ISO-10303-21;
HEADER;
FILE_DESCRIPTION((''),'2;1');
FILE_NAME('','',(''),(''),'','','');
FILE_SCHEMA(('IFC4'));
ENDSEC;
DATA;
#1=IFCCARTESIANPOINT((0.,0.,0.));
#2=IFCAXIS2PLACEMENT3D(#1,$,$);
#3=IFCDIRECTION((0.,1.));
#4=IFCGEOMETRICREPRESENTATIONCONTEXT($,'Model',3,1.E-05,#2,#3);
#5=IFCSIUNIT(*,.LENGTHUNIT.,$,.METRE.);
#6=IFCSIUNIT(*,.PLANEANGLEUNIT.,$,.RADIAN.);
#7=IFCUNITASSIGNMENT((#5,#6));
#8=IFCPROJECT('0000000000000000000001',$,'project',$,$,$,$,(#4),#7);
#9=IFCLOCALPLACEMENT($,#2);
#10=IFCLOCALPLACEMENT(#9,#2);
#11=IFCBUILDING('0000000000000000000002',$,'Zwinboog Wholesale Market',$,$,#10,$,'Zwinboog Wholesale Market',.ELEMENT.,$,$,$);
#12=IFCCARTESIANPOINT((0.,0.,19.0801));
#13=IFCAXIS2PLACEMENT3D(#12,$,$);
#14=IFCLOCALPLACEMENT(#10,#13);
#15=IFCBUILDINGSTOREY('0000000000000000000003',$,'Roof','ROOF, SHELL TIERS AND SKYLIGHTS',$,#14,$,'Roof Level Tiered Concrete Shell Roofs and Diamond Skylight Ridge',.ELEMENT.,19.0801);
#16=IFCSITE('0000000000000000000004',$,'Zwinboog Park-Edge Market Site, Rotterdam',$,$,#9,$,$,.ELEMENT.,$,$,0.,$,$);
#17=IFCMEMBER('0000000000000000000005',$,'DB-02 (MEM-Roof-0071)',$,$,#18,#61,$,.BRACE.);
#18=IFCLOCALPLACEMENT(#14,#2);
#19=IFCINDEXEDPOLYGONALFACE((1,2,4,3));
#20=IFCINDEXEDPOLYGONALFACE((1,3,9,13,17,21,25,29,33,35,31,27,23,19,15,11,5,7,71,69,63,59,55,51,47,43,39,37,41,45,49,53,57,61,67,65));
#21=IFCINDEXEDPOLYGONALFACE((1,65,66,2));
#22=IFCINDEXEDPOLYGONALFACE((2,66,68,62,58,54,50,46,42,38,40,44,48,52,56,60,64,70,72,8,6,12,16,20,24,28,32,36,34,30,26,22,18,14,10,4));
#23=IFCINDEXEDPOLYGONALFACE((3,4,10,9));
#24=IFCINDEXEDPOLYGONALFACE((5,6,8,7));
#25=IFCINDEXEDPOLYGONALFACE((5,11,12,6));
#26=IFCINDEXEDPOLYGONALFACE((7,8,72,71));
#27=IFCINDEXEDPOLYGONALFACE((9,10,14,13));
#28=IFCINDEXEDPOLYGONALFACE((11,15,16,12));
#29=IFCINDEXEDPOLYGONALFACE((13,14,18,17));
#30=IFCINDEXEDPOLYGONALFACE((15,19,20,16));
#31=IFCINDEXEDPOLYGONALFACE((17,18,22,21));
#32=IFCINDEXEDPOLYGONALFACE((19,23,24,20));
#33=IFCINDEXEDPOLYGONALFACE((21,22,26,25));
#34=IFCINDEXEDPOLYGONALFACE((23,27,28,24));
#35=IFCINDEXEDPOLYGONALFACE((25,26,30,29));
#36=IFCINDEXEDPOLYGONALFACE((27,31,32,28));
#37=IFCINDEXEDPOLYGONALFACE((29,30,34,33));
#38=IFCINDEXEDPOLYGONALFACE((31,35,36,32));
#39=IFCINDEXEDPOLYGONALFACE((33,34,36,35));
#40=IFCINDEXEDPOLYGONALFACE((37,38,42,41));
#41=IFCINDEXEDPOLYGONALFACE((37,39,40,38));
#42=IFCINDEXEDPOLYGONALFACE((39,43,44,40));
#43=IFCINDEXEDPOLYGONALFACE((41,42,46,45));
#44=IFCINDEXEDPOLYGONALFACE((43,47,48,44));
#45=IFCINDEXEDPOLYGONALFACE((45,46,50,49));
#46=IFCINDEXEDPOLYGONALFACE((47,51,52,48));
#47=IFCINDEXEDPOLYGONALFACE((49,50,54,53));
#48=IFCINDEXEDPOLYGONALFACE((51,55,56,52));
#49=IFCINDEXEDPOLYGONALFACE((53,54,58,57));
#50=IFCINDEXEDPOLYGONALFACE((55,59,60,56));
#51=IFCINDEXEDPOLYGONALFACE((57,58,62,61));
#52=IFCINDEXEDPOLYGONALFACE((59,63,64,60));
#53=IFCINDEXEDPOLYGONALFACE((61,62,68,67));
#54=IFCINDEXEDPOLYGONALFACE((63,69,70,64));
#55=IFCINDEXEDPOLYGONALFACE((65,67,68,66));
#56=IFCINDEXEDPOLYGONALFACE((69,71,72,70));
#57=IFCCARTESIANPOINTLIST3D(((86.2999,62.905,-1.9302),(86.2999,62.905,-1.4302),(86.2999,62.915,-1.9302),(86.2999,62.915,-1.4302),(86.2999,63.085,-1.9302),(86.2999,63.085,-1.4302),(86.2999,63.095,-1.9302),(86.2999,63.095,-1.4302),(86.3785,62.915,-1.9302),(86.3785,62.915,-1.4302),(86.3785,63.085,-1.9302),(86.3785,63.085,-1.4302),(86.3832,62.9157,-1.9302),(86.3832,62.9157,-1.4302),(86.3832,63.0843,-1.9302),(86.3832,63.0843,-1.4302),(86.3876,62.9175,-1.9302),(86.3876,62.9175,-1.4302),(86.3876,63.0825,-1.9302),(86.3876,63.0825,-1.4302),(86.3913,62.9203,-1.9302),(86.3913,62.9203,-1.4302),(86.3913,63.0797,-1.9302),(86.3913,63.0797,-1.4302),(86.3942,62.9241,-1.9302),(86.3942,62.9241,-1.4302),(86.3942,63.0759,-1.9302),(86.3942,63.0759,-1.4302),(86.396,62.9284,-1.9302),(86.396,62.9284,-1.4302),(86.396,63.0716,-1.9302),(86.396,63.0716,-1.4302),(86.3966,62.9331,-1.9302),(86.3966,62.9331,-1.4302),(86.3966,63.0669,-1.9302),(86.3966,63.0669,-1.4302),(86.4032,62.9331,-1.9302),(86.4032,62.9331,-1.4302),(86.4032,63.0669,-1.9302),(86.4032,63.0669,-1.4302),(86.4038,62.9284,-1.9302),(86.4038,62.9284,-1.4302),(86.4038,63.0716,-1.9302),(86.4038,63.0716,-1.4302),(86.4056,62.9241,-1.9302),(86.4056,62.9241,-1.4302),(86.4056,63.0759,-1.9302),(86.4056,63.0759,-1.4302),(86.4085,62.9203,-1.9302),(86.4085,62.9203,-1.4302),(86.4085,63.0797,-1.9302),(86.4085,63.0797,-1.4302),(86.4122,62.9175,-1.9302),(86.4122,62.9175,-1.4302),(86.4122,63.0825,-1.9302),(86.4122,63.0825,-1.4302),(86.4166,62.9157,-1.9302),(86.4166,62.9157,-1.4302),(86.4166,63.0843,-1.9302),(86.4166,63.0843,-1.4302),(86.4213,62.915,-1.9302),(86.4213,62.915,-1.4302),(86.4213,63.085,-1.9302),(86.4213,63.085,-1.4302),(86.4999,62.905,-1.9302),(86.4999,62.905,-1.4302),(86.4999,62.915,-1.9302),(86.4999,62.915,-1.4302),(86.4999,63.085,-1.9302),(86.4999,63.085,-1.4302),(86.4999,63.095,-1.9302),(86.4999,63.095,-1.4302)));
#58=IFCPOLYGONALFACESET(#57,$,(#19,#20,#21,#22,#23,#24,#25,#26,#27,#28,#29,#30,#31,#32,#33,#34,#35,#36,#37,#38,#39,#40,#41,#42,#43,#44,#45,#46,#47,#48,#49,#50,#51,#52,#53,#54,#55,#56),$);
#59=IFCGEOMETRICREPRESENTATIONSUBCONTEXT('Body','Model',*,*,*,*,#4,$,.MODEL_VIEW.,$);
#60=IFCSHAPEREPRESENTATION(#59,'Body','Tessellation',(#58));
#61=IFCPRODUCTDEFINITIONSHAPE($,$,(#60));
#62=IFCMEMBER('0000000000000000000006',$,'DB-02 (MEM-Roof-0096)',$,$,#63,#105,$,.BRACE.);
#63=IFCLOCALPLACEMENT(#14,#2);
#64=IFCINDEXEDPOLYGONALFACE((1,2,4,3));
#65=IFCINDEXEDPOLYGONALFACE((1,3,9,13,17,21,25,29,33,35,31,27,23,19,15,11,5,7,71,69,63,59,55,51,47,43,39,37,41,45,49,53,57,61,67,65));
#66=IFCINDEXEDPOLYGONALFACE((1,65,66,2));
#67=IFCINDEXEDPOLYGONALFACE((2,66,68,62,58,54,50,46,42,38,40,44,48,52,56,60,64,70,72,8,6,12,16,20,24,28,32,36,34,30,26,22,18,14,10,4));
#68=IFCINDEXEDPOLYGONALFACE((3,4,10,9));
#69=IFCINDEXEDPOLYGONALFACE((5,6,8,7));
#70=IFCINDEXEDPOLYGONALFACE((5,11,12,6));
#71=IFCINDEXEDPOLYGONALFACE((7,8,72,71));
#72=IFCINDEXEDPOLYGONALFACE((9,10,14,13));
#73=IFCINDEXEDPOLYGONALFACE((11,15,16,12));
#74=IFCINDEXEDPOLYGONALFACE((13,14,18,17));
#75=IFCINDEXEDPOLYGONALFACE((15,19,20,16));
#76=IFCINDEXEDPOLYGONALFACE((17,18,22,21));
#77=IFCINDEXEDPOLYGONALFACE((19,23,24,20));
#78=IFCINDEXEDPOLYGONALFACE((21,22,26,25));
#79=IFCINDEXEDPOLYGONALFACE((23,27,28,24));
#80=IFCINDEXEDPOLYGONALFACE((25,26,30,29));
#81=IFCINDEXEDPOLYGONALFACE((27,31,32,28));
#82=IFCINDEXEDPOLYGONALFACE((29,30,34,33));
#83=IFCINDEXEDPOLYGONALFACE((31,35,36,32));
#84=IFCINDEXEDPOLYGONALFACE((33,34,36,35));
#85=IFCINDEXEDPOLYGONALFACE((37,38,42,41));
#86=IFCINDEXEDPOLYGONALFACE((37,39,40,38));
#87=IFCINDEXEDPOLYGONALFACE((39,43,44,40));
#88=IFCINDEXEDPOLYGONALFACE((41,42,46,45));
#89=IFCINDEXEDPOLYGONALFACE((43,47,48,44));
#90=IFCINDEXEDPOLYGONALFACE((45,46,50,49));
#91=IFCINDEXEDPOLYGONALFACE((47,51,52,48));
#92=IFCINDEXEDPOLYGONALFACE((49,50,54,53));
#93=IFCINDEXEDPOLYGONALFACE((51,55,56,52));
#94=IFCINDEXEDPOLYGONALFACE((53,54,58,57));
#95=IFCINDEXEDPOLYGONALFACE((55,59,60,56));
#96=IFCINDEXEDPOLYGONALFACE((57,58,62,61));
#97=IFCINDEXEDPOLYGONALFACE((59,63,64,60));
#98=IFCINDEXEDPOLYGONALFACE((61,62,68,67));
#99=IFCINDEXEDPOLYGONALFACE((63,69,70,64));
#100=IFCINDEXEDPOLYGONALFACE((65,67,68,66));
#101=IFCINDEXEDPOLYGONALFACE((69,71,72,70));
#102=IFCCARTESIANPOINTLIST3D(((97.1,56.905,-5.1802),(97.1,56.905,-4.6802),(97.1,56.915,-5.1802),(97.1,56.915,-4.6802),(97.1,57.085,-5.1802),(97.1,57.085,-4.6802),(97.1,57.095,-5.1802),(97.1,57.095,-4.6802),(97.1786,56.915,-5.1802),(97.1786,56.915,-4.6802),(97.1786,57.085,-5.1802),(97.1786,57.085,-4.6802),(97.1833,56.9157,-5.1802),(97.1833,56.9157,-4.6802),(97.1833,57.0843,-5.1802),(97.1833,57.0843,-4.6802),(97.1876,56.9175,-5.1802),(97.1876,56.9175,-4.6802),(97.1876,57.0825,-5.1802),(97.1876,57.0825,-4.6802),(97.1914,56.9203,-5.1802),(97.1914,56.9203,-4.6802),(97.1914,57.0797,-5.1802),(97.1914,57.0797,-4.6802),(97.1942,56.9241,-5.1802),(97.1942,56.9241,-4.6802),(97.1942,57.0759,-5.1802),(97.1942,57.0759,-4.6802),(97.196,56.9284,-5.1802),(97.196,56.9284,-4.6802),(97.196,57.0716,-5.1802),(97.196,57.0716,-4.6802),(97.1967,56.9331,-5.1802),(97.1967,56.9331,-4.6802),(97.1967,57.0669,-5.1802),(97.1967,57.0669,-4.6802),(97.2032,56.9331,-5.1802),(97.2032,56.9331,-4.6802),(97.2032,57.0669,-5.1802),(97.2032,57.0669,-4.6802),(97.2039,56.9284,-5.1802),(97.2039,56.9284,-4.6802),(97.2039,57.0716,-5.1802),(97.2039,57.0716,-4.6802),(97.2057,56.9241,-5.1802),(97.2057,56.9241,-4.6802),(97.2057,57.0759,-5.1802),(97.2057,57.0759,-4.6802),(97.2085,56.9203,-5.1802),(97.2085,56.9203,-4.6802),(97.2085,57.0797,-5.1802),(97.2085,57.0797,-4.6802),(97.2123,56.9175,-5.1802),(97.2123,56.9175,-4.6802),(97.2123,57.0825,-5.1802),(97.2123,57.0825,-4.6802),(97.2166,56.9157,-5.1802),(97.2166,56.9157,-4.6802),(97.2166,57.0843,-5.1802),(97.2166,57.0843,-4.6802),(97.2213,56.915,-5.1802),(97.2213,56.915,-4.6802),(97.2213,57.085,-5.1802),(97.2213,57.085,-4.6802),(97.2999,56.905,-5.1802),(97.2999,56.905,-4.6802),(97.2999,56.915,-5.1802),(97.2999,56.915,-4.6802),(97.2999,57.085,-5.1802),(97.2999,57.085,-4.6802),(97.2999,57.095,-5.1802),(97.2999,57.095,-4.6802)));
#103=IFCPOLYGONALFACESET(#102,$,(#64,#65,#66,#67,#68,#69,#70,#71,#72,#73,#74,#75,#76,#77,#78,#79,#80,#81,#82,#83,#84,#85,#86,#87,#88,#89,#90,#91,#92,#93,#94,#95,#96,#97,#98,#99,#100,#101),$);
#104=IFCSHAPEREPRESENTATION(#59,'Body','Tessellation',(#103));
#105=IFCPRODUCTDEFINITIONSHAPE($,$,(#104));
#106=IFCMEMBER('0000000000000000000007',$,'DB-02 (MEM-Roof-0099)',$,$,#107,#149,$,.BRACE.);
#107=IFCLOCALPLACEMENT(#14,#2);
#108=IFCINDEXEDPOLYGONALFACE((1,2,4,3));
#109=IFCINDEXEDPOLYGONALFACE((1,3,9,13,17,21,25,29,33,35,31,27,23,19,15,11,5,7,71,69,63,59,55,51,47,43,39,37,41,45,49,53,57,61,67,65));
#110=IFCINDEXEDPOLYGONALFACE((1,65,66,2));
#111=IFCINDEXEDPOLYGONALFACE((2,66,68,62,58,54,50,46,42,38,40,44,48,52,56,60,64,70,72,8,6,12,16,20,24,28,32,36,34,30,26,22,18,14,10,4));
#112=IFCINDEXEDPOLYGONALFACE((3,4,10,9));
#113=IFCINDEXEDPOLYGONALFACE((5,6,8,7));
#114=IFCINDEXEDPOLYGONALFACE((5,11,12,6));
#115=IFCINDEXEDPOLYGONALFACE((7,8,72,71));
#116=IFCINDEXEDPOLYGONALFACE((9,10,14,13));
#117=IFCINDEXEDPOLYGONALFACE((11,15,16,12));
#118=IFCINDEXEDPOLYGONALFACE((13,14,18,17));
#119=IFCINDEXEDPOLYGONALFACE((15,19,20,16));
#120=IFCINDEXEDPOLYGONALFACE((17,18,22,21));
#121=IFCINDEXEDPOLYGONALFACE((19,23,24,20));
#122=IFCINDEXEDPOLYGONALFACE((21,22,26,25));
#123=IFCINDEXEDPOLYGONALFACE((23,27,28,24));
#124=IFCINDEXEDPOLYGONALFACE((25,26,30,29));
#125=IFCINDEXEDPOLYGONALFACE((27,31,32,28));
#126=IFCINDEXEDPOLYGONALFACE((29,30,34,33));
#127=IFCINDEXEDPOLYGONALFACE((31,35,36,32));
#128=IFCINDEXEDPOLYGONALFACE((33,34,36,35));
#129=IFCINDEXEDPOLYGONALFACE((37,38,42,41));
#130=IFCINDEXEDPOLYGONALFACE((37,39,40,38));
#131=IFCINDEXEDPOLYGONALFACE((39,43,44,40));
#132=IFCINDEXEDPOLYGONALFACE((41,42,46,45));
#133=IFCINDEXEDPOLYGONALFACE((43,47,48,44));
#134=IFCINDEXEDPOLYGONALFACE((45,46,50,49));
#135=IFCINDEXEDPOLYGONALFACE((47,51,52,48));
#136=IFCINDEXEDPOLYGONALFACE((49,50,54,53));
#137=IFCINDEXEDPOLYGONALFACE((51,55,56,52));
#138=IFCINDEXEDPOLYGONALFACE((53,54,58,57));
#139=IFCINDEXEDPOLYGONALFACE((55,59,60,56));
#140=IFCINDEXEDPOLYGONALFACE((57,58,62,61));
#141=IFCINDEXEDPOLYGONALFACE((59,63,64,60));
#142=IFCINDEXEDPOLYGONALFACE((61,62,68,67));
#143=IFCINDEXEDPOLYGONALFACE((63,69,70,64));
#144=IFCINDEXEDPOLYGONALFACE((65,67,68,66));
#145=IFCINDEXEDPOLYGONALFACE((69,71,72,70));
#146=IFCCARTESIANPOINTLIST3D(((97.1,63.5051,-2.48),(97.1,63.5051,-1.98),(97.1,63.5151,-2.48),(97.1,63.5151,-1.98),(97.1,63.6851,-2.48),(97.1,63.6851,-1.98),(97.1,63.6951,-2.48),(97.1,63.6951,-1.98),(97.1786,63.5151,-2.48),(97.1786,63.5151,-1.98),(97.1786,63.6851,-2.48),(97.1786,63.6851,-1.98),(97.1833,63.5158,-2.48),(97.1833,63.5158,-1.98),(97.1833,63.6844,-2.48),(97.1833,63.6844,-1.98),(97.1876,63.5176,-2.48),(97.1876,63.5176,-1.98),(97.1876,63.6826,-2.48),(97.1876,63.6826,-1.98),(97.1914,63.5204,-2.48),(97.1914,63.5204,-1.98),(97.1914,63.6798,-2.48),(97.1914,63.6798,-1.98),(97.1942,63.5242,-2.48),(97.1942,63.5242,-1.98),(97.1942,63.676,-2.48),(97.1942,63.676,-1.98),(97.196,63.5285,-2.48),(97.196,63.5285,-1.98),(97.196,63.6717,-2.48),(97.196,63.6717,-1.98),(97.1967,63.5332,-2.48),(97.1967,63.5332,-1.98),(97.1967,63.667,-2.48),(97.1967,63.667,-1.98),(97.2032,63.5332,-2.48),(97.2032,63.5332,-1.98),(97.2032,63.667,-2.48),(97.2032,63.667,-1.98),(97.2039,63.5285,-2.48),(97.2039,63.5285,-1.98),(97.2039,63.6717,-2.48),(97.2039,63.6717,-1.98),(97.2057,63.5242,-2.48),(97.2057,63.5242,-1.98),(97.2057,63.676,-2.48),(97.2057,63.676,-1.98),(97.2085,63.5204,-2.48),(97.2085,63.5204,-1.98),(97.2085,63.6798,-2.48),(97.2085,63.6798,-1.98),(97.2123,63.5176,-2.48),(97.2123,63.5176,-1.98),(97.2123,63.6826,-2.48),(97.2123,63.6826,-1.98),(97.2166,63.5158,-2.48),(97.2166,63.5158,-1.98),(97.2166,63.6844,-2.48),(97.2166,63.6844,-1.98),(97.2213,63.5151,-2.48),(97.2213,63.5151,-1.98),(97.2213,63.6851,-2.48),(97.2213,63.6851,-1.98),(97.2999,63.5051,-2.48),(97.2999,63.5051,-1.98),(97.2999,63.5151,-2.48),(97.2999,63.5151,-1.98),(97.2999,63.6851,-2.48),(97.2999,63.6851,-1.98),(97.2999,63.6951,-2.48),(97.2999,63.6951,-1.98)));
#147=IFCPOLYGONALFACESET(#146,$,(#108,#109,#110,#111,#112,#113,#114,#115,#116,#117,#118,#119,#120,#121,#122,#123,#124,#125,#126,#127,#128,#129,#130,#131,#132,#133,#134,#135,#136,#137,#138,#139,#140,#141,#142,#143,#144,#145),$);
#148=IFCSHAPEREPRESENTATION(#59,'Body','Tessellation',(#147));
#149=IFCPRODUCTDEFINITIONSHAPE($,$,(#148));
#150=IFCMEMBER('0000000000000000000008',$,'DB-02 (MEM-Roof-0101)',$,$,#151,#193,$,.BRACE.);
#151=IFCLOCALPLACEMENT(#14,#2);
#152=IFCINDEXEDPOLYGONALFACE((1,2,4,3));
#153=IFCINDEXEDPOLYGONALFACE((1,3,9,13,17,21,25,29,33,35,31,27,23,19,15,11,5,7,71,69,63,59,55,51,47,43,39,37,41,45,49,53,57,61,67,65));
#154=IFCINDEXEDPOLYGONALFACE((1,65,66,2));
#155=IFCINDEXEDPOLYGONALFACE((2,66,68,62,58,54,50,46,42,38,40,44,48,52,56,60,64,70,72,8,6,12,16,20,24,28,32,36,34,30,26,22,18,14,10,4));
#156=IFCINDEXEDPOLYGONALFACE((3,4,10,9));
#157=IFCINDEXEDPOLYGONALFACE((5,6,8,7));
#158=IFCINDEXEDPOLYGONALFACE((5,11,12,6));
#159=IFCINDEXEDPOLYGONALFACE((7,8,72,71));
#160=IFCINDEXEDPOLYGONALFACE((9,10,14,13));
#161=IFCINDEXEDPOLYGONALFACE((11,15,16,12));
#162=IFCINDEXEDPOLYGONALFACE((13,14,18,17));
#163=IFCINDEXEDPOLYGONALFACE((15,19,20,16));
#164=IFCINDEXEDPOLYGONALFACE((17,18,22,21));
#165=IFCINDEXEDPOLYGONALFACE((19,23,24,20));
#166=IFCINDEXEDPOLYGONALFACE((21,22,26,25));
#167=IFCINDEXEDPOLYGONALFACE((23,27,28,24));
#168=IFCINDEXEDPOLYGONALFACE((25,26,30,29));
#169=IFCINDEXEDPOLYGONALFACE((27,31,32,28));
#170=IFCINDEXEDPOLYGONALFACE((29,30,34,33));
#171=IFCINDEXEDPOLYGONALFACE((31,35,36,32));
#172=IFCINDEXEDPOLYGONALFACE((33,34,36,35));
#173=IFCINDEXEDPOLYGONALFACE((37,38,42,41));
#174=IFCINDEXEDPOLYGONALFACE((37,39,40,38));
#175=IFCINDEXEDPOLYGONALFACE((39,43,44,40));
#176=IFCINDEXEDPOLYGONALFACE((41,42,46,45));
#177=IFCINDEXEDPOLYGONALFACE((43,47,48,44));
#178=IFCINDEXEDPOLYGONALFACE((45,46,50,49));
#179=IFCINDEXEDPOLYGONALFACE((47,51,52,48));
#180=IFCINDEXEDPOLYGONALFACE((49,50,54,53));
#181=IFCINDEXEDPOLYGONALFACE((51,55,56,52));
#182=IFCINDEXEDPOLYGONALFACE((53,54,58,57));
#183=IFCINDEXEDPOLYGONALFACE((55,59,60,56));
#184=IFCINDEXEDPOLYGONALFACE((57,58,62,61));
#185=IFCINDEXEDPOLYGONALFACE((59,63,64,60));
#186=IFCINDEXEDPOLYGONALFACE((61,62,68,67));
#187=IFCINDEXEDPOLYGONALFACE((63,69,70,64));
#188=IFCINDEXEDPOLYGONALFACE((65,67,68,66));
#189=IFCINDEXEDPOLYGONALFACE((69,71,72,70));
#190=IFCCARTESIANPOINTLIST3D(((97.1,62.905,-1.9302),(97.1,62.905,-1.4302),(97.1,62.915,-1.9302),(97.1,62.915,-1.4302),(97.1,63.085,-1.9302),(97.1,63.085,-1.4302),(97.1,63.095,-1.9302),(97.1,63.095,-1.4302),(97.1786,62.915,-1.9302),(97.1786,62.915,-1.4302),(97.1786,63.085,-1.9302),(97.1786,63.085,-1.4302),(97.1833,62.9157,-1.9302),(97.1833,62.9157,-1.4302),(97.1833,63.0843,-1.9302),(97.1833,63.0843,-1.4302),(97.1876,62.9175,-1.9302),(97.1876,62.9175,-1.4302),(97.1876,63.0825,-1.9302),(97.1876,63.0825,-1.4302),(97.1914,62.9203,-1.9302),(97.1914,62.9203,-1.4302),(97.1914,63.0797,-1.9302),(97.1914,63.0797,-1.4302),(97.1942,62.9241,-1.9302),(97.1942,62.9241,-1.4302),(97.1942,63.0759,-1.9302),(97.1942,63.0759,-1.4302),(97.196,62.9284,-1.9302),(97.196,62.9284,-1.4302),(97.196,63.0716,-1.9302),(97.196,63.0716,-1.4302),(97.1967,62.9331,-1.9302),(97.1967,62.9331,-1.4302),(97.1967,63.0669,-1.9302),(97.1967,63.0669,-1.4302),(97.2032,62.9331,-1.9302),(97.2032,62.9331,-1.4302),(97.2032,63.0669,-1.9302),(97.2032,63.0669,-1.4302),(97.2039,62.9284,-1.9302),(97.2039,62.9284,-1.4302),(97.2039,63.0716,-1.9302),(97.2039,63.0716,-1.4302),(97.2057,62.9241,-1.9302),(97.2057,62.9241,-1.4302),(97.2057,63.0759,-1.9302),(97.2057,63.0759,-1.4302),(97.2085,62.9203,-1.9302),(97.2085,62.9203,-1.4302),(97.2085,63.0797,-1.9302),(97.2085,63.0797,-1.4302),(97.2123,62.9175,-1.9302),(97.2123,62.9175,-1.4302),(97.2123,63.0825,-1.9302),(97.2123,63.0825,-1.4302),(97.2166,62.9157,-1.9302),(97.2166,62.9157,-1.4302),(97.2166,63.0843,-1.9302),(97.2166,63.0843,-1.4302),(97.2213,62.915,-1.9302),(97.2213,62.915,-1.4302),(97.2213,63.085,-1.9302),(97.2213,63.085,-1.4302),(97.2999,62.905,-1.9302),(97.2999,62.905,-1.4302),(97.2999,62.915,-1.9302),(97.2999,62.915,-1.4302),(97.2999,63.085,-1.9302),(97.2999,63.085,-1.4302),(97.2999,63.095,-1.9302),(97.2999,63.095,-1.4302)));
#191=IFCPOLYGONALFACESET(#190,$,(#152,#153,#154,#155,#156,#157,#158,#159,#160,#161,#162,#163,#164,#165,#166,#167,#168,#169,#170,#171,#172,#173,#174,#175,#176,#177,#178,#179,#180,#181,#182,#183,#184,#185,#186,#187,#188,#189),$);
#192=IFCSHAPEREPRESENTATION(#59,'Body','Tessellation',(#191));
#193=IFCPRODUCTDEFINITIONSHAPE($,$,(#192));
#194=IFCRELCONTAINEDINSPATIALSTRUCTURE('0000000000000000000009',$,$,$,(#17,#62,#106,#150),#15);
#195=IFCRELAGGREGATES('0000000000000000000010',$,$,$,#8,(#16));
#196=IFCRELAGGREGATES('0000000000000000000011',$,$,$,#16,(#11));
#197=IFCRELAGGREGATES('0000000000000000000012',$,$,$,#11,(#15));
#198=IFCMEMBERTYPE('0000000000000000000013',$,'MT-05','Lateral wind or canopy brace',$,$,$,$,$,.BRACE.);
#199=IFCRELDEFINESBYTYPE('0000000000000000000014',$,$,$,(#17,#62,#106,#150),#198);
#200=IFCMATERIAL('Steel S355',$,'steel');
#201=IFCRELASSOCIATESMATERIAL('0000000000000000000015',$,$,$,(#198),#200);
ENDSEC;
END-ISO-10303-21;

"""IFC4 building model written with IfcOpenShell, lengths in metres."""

from ifc_helpers import new_model, si_unit, direction, frame, origin, origin_2d, place, context, subcontext, project, spatial, i_section, extrude, material, material_profile, profile_set, type_object, element, save


model = new_model("IFC4")

# Units and contexts
model_context = context("Model", 3, precision=1e-05, world=origin(), true_north=direction((0.0, 1.0)))
body_context = subcontext(model_context, "Body", "Model", "MODEL_VIEW")
ifc_project = project(units=[si_unit("LENGTHUNIT", "METRE"), si_unit("PLANEANGLEUNIT", "RADIAN")], contexts=[model_context])

# Site, building, storey
site_placement = place(None, origin())
site = spatial("IfcSite", under=ifc_project, at=site_placement, Name="Zwinboog Park-Edge Market Site, Rotterdam", CompositionType="ELEMENT", RefElevation=0.0)
building_placement = place(site_placement, origin())
building = spatial("IfcBuilding", under=site, at=building_placement, Name="Zwinboog Wholesale Market", LongName="Zwinboog Wholesale Market", CompositionType="ELEMENT")
storey_placement = place(building_placement, frame((0.0, 0.0, 19.0801)))
storey = spatial("IfcBuildingStorey", under=building, at=storey_placement, Name="Roof", Description="ROOF, SHELL TIERS AND SKYLIGHTS", LongName="Roof Level Tiered Concrete Shell Roofs and Diamond Skylight Ridge", CompositionType="ELEMENT", Elevation=19.0801)

# Members
ifc_material_1 = material(Name="Steel S355", Category="steel")
ifc_material_profile_1 = material_profile(ifc_material_1, i_section(OverallWidth=0.2, OverallDepth=0.1899, WebThickness=0.0066, FlangeThickness=0.01, FilletRadius=0.0181, at=origin_2d()), Name="HEA 200")
ifc_profile_set_1 = profile_set([ifc_material_profile_1], Name="Steel S355")
member_type_1 = type_object("IfcMemberType", Name="MT-05", Description="Lateral wind or canopy brace", PredefinedType="BRACE", material=ifc_profile_set_1)
for number, where, z_axis, x_axis, name in (
    (1, (86.3999, 63.0, -1.9302), (0.0, 0.0, 1.0), (1.0, 0.0, 0.0), "DB-02 (MEM-Roof-0071)"),
    (2, (97.2, 57.0, -5.1802), (0.0, 0.0, 1.0), (1.0, 0.0, 0.0), "DB-02 (MEM-Roof-0096)"),
    (3, (97.2, 63.6001, -2.48), (0.0, 0.0, 1.0), (1.0, 0.0, 0.0), "DB-02 (MEM-Roof-0099)"),
    (4, (97.2, 63.0, -1.9302), (0.0, 0.0, 1.0), (1.0, 0.0, 0.0), "DB-02 (MEM-Roof-0101)"),
):
    element("IfcMember", number, at=place(storey_placement, frame(where, z_axis=z_axis, x_axis=x_axis)), inside=storey, type_object=member_type_1, Name=name, PredefinedType="BRACE", context=body_context, shape_type="SweptSolid", body=[
        extrude(i_section(OverallWidth=0.2, OverallDepth=0.1899, WebThickness=0.0066, FlangeThickness=0.01, FilletRadius=0.0181, at=origin_2d()), origin(), (0.0, 0.0, 1.0), 0.5),
    ])

save(model, "model.ifc")
